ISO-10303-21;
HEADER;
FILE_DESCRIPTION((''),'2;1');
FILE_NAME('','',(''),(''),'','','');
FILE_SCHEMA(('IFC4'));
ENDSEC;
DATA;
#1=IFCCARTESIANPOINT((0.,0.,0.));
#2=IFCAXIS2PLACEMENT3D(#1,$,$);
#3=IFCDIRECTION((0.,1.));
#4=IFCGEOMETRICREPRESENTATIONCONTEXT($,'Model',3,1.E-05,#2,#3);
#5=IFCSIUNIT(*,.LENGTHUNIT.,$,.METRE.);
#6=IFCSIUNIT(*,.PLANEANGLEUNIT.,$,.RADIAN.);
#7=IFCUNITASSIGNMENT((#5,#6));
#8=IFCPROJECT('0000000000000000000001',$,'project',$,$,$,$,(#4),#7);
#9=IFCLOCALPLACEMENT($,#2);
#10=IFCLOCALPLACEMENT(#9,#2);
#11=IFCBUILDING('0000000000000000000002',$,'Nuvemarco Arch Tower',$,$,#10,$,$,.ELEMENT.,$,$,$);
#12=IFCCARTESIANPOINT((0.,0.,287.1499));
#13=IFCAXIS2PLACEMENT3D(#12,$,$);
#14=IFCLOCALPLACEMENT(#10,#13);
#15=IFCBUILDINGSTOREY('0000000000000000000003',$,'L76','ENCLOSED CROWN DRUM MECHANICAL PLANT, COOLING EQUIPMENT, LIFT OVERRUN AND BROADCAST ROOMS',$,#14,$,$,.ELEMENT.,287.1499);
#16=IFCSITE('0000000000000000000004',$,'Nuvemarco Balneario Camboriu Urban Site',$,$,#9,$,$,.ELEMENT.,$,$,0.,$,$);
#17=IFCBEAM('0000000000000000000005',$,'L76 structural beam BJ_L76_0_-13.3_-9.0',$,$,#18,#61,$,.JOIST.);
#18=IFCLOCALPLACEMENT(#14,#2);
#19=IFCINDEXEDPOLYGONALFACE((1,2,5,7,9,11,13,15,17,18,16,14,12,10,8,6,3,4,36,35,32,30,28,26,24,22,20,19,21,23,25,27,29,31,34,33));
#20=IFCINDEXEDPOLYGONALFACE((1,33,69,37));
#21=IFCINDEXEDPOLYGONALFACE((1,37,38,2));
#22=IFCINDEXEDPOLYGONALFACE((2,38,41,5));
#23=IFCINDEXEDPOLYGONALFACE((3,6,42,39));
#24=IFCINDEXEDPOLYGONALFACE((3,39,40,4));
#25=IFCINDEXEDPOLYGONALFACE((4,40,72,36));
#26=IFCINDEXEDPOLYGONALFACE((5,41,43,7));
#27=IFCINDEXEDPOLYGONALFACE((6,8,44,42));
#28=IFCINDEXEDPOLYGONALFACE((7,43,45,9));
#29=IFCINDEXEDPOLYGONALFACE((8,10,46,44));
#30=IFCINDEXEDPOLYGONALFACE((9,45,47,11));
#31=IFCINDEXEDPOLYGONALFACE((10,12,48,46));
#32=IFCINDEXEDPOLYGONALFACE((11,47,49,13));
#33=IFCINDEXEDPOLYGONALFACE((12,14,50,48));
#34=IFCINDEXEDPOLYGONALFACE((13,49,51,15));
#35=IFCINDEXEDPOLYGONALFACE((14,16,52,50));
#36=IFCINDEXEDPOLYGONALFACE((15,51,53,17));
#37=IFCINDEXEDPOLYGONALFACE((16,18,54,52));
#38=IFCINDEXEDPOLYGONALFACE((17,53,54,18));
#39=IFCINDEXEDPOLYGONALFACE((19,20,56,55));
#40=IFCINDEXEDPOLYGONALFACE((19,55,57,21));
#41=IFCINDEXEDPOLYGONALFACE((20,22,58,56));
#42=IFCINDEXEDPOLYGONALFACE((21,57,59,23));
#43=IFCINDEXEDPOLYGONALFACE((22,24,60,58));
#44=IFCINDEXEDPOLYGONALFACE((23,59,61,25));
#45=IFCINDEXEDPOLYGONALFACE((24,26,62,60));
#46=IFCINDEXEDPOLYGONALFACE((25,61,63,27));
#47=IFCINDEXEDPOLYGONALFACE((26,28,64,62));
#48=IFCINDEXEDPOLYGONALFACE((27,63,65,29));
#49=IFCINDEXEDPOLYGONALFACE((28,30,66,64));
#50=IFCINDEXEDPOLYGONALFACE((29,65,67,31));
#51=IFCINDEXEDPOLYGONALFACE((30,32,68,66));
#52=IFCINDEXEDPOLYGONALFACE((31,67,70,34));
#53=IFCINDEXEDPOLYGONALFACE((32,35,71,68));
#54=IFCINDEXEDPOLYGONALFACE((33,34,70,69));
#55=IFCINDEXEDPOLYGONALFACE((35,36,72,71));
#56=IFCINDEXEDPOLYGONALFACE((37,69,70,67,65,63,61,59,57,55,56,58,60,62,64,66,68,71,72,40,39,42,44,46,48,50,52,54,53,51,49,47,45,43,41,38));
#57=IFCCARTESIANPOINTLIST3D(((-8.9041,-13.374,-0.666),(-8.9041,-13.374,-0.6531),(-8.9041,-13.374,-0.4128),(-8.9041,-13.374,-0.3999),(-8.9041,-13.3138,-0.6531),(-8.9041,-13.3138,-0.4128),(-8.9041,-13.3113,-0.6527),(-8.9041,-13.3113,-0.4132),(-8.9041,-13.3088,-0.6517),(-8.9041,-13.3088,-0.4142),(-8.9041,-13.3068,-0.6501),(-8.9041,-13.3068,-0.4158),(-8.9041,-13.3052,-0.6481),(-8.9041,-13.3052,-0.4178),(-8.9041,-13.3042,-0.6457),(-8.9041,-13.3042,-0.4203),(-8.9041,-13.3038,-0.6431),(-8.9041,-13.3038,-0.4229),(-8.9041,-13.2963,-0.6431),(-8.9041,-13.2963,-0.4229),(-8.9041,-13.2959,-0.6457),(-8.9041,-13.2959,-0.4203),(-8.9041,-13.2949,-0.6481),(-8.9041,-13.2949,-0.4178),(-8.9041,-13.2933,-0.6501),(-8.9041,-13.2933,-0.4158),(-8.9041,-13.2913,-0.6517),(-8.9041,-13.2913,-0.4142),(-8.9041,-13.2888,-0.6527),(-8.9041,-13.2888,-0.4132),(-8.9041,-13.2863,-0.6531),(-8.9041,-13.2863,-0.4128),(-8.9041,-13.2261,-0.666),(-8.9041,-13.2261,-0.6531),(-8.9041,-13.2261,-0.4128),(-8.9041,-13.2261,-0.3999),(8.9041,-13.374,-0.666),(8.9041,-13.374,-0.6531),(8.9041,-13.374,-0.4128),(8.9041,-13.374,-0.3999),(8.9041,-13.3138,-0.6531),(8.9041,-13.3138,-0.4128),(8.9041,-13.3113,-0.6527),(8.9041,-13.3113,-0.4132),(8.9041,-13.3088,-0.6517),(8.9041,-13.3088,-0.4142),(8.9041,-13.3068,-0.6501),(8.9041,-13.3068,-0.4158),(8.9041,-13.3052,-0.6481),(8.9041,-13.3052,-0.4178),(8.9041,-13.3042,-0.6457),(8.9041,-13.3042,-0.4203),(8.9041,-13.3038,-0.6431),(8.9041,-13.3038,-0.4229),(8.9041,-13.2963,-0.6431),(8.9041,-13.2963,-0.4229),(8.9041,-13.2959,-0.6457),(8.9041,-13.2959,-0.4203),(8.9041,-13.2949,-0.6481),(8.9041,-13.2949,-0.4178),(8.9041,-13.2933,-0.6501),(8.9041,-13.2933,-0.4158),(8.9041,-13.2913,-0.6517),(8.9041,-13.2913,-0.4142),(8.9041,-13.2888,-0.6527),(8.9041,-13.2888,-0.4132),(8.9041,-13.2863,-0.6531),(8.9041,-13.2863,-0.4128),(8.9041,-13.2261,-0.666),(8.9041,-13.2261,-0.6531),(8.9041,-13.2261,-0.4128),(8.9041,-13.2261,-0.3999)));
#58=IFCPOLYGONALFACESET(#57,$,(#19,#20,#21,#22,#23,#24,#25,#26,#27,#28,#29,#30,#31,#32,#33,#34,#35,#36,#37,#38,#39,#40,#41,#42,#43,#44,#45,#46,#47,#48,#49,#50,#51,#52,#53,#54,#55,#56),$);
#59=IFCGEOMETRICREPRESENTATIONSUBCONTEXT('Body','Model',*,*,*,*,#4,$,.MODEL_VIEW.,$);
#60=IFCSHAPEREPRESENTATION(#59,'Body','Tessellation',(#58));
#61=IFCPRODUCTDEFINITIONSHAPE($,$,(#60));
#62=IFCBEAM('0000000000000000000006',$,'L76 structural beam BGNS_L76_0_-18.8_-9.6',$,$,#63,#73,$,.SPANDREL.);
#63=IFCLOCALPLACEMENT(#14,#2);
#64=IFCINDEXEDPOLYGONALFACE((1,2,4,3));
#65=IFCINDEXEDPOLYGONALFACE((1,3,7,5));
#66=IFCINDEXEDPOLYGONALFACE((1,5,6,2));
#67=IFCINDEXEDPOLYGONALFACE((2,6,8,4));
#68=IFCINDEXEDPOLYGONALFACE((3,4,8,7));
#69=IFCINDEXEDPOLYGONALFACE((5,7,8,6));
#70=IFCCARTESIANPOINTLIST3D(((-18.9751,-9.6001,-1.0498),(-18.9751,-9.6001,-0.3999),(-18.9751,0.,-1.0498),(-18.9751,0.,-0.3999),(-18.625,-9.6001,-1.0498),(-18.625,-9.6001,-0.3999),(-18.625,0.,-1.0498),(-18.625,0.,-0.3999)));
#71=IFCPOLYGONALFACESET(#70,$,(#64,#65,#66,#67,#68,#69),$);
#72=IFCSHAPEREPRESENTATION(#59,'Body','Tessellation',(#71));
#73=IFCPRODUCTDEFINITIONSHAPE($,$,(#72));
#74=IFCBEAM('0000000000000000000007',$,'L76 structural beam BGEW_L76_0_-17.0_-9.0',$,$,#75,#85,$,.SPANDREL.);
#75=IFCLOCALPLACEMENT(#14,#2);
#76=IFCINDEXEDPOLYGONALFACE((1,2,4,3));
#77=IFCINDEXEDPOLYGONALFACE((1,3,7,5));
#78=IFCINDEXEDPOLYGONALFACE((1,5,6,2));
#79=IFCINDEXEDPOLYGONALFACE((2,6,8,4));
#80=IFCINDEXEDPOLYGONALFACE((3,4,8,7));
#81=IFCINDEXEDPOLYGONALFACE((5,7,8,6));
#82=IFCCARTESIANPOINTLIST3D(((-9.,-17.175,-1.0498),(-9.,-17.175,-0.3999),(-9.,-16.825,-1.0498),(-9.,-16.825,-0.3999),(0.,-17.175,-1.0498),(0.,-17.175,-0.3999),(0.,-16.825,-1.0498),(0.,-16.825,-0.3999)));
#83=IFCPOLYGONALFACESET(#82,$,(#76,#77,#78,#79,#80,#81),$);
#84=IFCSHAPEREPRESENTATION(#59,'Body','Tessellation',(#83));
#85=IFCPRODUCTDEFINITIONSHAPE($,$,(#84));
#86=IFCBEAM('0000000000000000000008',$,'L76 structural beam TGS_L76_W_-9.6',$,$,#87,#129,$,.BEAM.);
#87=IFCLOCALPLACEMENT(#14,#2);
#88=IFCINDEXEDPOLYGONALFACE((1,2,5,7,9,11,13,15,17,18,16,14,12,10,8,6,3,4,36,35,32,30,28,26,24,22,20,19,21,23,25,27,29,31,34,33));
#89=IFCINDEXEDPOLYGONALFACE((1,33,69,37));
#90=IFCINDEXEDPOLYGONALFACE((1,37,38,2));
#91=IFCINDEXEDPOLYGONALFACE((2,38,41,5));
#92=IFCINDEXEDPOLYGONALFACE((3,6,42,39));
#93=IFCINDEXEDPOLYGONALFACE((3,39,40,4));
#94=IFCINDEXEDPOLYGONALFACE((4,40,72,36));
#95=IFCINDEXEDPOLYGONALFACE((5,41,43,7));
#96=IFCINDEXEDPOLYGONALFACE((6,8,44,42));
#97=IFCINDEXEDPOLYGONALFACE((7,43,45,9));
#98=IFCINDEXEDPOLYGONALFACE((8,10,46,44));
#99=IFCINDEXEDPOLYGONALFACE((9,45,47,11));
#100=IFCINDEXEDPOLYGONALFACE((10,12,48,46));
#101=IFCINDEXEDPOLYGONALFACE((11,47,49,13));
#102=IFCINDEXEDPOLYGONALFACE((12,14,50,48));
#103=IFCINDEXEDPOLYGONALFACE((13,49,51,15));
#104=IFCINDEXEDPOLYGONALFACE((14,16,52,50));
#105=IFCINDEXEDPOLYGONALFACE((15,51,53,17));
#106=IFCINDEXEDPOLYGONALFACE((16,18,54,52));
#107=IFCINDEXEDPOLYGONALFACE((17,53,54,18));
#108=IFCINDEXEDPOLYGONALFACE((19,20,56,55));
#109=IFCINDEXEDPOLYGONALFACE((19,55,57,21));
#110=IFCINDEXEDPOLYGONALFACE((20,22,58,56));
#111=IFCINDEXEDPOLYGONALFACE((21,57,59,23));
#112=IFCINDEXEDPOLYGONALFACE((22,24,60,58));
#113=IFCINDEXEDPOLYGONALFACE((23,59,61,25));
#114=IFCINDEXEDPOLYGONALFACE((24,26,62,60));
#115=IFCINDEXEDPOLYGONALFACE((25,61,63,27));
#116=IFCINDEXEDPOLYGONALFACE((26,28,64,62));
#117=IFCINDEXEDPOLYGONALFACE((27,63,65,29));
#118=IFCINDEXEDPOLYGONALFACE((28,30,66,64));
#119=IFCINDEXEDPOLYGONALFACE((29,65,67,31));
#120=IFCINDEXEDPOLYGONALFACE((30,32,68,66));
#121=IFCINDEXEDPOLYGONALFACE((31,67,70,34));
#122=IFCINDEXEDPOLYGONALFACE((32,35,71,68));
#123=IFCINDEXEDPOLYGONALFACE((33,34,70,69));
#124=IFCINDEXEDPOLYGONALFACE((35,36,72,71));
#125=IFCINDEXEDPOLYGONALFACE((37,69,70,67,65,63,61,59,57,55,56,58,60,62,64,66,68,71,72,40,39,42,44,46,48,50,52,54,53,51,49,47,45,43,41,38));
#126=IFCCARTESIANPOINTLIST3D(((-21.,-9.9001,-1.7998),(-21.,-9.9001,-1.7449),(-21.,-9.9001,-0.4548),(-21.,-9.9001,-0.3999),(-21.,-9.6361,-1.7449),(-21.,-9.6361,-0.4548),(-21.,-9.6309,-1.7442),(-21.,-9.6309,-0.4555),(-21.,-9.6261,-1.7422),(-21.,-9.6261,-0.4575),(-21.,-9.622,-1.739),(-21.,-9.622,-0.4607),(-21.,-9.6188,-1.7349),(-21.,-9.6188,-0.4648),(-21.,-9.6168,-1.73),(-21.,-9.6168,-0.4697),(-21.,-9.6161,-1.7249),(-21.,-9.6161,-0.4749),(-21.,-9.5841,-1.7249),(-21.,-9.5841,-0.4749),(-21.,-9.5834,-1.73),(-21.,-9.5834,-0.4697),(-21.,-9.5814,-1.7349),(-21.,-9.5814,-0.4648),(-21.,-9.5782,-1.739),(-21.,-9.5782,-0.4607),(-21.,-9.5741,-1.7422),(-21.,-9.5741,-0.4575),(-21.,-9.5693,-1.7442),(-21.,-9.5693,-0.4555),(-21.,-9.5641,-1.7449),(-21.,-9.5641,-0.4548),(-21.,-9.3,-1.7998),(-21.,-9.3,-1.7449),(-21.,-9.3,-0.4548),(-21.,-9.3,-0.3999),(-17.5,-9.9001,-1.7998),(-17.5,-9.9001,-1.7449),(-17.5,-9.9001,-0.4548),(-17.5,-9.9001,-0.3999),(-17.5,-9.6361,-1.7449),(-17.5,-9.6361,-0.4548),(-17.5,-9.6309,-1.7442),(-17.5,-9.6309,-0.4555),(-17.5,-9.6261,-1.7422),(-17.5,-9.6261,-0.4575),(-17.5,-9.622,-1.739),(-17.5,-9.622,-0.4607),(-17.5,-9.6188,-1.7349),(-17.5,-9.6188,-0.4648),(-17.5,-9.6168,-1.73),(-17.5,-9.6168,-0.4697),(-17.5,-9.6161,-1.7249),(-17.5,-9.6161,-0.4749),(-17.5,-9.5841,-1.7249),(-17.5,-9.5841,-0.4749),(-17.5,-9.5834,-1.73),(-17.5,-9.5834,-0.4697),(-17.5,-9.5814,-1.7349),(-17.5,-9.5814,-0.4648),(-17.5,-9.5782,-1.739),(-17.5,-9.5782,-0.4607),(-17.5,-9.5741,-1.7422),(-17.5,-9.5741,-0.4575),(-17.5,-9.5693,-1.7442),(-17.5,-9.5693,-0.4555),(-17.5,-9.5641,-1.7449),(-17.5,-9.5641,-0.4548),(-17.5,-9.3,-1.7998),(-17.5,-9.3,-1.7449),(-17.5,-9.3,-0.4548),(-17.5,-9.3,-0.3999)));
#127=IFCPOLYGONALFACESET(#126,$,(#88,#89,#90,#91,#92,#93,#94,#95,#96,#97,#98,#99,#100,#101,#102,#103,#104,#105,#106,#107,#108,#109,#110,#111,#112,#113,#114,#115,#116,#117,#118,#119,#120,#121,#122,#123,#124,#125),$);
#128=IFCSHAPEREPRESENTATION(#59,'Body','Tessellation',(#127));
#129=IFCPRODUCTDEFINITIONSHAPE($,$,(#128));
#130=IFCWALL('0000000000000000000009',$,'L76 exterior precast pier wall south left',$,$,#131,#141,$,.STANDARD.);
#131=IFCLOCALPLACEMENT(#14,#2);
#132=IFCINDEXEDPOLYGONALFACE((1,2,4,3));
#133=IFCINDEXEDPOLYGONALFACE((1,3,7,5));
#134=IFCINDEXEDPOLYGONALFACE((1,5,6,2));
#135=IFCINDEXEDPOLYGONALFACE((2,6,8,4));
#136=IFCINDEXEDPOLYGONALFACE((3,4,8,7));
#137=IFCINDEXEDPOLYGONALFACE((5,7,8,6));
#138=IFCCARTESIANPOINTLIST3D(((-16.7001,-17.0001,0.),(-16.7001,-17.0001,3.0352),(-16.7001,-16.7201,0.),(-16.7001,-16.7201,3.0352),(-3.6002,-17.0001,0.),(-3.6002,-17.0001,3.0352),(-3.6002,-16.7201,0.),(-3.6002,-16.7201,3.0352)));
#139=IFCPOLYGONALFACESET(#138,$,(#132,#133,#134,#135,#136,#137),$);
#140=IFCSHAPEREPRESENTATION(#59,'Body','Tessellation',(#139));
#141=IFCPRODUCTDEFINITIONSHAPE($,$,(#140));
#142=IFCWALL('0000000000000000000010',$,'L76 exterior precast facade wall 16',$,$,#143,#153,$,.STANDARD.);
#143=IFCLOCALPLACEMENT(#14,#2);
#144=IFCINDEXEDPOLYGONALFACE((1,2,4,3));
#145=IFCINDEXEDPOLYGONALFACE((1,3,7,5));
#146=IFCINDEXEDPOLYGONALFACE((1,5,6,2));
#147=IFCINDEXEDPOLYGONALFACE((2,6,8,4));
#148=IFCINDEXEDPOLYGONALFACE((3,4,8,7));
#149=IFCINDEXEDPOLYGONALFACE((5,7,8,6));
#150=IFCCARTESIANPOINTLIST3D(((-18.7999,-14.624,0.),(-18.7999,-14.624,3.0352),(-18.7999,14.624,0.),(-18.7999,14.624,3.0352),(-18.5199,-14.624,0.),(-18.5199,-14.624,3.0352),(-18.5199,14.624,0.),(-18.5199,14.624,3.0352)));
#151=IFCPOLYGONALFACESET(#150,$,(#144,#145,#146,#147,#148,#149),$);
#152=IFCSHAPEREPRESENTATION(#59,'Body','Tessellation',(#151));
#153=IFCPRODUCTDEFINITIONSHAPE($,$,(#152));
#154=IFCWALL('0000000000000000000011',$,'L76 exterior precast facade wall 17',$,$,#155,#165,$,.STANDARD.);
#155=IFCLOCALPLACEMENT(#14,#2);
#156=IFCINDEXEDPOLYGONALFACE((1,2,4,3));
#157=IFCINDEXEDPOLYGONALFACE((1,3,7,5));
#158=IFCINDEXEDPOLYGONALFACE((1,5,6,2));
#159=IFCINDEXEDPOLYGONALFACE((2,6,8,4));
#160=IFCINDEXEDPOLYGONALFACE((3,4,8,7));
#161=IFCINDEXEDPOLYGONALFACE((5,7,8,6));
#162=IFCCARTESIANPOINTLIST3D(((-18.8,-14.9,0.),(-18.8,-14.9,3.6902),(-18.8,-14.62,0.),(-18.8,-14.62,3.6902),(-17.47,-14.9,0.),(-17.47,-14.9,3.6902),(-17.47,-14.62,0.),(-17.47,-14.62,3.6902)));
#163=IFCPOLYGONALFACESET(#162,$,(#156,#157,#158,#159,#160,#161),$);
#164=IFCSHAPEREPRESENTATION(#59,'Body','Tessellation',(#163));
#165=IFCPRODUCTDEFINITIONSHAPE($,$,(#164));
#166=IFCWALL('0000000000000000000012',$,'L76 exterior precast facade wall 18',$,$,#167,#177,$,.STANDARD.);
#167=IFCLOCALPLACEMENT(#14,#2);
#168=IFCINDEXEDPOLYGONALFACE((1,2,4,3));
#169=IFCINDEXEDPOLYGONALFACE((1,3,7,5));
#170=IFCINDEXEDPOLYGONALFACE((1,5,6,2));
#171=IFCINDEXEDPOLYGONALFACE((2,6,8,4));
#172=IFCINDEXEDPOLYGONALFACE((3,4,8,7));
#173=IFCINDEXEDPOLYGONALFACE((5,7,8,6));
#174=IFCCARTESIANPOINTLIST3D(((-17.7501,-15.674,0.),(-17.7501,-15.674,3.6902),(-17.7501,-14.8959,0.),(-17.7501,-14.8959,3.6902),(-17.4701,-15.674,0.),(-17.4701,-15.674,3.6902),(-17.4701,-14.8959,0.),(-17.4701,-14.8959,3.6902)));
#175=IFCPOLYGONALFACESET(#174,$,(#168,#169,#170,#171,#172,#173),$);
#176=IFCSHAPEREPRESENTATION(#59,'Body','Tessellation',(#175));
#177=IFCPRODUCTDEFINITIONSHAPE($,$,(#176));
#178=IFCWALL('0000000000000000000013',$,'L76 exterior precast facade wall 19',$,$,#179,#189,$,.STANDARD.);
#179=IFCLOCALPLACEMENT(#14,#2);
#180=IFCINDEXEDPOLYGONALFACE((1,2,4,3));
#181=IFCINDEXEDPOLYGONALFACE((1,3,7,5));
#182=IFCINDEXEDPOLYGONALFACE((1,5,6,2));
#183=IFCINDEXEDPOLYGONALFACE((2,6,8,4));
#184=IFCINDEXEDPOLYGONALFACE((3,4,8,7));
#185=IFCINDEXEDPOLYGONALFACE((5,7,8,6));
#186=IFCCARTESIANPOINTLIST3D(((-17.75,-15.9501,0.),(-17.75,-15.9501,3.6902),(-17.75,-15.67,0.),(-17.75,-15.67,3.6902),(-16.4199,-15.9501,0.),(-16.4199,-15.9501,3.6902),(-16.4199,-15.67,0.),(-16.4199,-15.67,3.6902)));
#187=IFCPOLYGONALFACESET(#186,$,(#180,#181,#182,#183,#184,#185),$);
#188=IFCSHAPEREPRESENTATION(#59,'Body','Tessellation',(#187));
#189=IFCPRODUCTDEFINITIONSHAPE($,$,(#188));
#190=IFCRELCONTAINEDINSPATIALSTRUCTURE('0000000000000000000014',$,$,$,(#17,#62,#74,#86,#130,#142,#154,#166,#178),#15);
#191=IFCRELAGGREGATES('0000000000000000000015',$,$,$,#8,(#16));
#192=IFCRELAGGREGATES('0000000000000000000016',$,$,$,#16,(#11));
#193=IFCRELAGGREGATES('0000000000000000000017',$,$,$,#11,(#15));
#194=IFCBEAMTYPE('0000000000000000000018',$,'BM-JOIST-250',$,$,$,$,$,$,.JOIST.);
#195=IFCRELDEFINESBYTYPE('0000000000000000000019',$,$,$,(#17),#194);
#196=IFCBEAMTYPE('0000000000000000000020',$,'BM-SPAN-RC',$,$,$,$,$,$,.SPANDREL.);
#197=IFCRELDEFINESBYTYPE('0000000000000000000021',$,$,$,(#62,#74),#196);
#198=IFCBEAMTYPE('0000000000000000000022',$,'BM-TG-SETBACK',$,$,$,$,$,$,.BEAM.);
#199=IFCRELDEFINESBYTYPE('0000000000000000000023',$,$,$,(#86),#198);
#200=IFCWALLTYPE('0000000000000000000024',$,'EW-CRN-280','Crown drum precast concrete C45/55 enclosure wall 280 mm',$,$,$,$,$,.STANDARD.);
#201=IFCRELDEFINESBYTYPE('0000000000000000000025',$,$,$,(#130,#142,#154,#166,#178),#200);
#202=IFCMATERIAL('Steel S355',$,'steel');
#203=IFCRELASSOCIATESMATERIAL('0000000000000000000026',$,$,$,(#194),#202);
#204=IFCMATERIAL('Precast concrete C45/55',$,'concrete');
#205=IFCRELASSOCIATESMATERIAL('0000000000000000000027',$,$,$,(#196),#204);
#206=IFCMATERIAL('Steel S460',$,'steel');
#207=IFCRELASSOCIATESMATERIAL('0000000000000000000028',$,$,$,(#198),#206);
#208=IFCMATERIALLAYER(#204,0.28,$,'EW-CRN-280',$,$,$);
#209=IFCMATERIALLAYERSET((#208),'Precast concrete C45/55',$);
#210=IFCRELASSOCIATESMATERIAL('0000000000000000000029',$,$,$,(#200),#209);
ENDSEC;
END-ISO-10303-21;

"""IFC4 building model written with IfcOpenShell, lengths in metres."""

from ifc_helpers import new_model, si_unit, direction, frame, frame_2d, origin, origin_2d, place, context, subcontext, project, spatial, rectangle, i_section, extrude, material, layer, layer_set, material_profile, profile_set, type_object, element, save


model = new_model("IFC4")

# Units and contexts
model_context = context("Model", 3, precision=1e-05, world=origin(), true_north=direction((0.0, 1.0)))
body_context = subcontext(model_context, "Body", "Model", "MODEL_VIEW")
ifc_project = project(units=[si_unit("LENGTHUNIT", "METRE"), si_unit("PLANEANGLEUNIT", "RADIAN")], contexts=[model_context])

# Site, building, storey
site_placement = place(None, origin())
site = spatial("IfcSite", under=ifc_project, at=site_placement, Name="Nuvemarco Balneario Camboriu Urban Site", CompositionType="ELEMENT", RefElevation=0.0)
building_placement = place(site_placement, origin())
building = spatial("IfcBuilding", under=site, at=building_placement, Name="Nuvemarco Arch Tower", CompositionType="ELEMENT")
storey_placement = place(building_placement, frame((0.0, 0.0, 287.1499)))
storey = spatial("IfcBuildingStorey", under=building, at=storey_placement, Name="L76", Description="ENCLOSED CROWN DRUM MECHANICAL PLANT, COOLING EQUIPMENT, LIFT OVERRUN AND BROADCAST ROOMS", CompositionType="ELEMENT", Elevation=287.1499)

# Shared definitions
ifc_material_1 = material(Name="Steel S355", Category="steel")

# Beams
ifc_material_profile_1 = material_profile(ifc_material_1, i_section(OverallWidth=0.1479, OverallDepth=0.2661, WebThickness=0.0076, FlangeThickness=0.0129, FilletRadius=0.01, at=origin_2d()), Name="W250x44.8")
ifc_profile_set_1 = profile_set([ifc_material_profile_1], Name="Steel S355")
beam_type_1 = type_object("IfcBeamType", Name="BM-JOIST-250", PredefinedType="JOIST", material=ifc_profile_set_1)
beam_1_placement = place(storey_placement, frame((-8.9041, -13.3, -0.533), z_axis=(1.0, 0.0, 0.0), x_axis=(0.0, 1.0, 0.0)))
element("IfcBeam", 1, at=beam_1_placement, inside=storey, type_object=beam_type_1, Name="L76 structural beam BJ_L76_0_-13.3_-9.0", PredefinedType="JOIST", context=body_context, shape_type="SweptSolid", body=[
    extrude(i_section(OverallWidth=0.1479, OverallDepth=0.2661, WebThickness=0.0076, FlangeThickness=0.0129, FilletRadius=0.01, at=origin_2d()), origin(), (0.0, 0.0, 1.0), 17.8081),
])
ifc_material_2 = material(Name="Precast concrete C45/55", Category="concrete")
ifc_material_profile_2 = material_profile(ifc_material_2, rectangle(XDim=0.3501, YDim=0.6499, at=origin_2d()), Name="PC-SP-350x650")
ifc_profile_set_2 = profile_set([ifc_material_profile_2], Name="Precast concrete C45/55")
beam_type_2 = type_object("IfcBeamType", Name="BM-SPAN-RC", PredefinedType="SPANDREL", material=ifc_profile_set_2)
beam_2_placement = place(storey_placement, frame((-18.8, -9.6001, -0.7249), z_axis=(0.0, 1.0, 0.0), x_axis=(-1.0, 0.0, 0.0)))
element("IfcBeam", 2, at=beam_2_placement, inside=storey, type_object=beam_type_2, Name="L76 structural beam BGNS_L76_0_-18.8_-9.6", PredefinedType="SPANDREL", context=body_context, shape_type="SweptSolid", body=[
    extrude(rectangle(XDim=0.3501, YDim=0.6499, at=origin_2d()), origin(), (0.0, 0.0, 1.0), 9.6001),
])
beam_3_placement = place(storey_placement, frame((-9.0, -17.0, -0.7249), z_axis=(1.0, 0.0, 0.0), x_axis=(0.0, 1.0, 0.0)))
element("IfcBeam", 3, at=beam_3_placement, inside=storey, type_object=beam_type_2, Name="L76 structural beam BGEW_L76_0_-17.0_-9.0", PredefinedType="SPANDREL", context=body_context, shape_type="SweptSolid", body=[
    extrude(rectangle(XDim=0.3501, YDim=0.6499, at=origin_2d()), origin(), (0.0, 0.0, 1.0), 9.0),
])
ifc_material_3 = material(Name="Steel S460", Category="steel")
ifc_material_profile_3 = material_profile(ifc_material_3, i_section(OverallWidth=0.6001, OverallDepth=1.3999, WebThickness=0.032, FlangeThickness=0.0549, FilletRadius=0.02, at=origin_2d()), Name="PG1400x600")
ifc_profile_set_3 = profile_set([ifc_material_profile_3], Name="Steel S460")
beam_type_3 = type_object("IfcBeamType", Name="BM-TG-SETBACK", PredefinedType="BEAM", material=ifc_profile_set_3)
beam_4_placement = place(storey_placement, frame((-21.0, -9.6001, -1.0999), z_axis=(1.0, 0.0, 0.0), x_axis=(0.0, 1.0, 0.0)))
element("IfcBeam", 4, at=beam_4_placement, inside=storey, type_object=beam_type_3, Name="L76 structural beam TGS_L76_W_-9.6", PredefinedType="BEAM", context=body_context, shape_type="SweptSolid", body=[
    extrude(i_section(OverallWidth=0.6001, OverallDepth=1.3999, WebThickness=0.032, FlangeThickness=0.0549, FilletRadius=0.02, at=origin_2d()), origin(), (0.0, 0.0, 1.0), 3.5),
])

# Walls
ifc_layer_1 = layer(ifc_material_2, 0.28, Name="EW-CRN-280")
ifc_layer_set_1 = layer_set([ifc_layer_1], Name="Precast concrete C45/55")
wall_type_1 = type_object("IfcWallType", Name="EW-CRN-280", Description="Crown drum precast concrete C45/55 enclosure wall 280 mm", PredefinedType="STANDARD", material=ifc_layer_set_1)
wall_1_placement = place(storey_placement, frame((-16.7, -16.8601, 0.0), z_axis=(0.0, 0.0, 1.0), x_axis=(1.0, 0.0, 0.0)))
element("IfcWall", 5, at=wall_1_placement, inside=storey, type_object=wall_type_1, Name="L76 exterior precast pier wall south left", PredefinedType="STANDARD", context=body_context, shape_type="SweptSolid", body=[
    extrude(rectangle(XDim=13.0999, YDim=0.28, at=frame_2d((6.5498, 0.0))), origin(), (0.0, 0.0, 1.0), 3.0352),
])
wall_2_placement = place(storey_placement, frame((-18.6599, -14.624, 0.0), z_axis=(0.0, 0.0, 1.0), x_axis=(0.0, 1.0, 0.0)))
element("IfcWall", 6, at=wall_2_placement, inside=storey, type_object=wall_type_1, Name="L76 exterior precast facade wall 16", PredefinedType="STANDARD", context=body_context, shape_type="SweptSolid", body=[
    extrude(rectangle(XDim=29.248, YDim=0.28, at=frame_2d((14.624, 0.0))), origin(), (0.0, 0.0, 1.0), 3.0352),
])
wall_3_placement = place(storey_placement, frame((-18.8, -14.76, 0.0), z_axis=(0.0, 0.0, 1.0), x_axis=(1.0, 0.0, 0.0)))
element("IfcWall", 7, at=wall_3_placement, inside=storey, type_object=wall_type_1, Name="L76 exterior precast facade wall 17", PredefinedType="STANDARD", context=body_context, shape_type="SweptSolid", body=[
    extrude(rectangle(XDim=1.3301, YDim=0.28, at=frame_2d((0.665, 0.0))), origin(), (0.0, 0.0, 1.0), 3.6902),
])
wall_4_placement = place(storey_placement, frame((-17.6101, -15.6741, 0.0), z_axis=(0.0, 0.0, 1.0), x_axis=(0.0, 1.0, 0.0)))
element("IfcWall", 8, at=wall_4_placement, inside=storey, type_object=wall_type_1, Name="L76 exterior precast facade wall 18", PredefinedType="STANDARD", context=body_context, shape_type="SweptSolid", body=[
    extrude(rectangle(XDim=0.7781, YDim=0.28, at=frame_2d((0.3892, 0.0))), origin(), (0.0, 0.0, 1.0), 3.6902),
])
wall_5_placement = place(storey_placement, frame((-17.75, -15.8101, 0.0), z_axis=(0.0, 0.0, 1.0), x_axis=(1.0, 0.0, 0.0)))
element("IfcWall", 9, at=wall_5_placement, inside=storey, type_object=wall_type_1, Name="L76 exterior precast facade wall 19", PredefinedType="STANDARD", context=body_context, shape_type="SweptSolid", body=[
    extrude(rectangle(XDim=1.3301, YDim=0.28, at=frame_2d((0.665, 0.0))), origin(), (0.0, 0.0, 1.0), 3.6902),
])

save(model, "model.ifc")
